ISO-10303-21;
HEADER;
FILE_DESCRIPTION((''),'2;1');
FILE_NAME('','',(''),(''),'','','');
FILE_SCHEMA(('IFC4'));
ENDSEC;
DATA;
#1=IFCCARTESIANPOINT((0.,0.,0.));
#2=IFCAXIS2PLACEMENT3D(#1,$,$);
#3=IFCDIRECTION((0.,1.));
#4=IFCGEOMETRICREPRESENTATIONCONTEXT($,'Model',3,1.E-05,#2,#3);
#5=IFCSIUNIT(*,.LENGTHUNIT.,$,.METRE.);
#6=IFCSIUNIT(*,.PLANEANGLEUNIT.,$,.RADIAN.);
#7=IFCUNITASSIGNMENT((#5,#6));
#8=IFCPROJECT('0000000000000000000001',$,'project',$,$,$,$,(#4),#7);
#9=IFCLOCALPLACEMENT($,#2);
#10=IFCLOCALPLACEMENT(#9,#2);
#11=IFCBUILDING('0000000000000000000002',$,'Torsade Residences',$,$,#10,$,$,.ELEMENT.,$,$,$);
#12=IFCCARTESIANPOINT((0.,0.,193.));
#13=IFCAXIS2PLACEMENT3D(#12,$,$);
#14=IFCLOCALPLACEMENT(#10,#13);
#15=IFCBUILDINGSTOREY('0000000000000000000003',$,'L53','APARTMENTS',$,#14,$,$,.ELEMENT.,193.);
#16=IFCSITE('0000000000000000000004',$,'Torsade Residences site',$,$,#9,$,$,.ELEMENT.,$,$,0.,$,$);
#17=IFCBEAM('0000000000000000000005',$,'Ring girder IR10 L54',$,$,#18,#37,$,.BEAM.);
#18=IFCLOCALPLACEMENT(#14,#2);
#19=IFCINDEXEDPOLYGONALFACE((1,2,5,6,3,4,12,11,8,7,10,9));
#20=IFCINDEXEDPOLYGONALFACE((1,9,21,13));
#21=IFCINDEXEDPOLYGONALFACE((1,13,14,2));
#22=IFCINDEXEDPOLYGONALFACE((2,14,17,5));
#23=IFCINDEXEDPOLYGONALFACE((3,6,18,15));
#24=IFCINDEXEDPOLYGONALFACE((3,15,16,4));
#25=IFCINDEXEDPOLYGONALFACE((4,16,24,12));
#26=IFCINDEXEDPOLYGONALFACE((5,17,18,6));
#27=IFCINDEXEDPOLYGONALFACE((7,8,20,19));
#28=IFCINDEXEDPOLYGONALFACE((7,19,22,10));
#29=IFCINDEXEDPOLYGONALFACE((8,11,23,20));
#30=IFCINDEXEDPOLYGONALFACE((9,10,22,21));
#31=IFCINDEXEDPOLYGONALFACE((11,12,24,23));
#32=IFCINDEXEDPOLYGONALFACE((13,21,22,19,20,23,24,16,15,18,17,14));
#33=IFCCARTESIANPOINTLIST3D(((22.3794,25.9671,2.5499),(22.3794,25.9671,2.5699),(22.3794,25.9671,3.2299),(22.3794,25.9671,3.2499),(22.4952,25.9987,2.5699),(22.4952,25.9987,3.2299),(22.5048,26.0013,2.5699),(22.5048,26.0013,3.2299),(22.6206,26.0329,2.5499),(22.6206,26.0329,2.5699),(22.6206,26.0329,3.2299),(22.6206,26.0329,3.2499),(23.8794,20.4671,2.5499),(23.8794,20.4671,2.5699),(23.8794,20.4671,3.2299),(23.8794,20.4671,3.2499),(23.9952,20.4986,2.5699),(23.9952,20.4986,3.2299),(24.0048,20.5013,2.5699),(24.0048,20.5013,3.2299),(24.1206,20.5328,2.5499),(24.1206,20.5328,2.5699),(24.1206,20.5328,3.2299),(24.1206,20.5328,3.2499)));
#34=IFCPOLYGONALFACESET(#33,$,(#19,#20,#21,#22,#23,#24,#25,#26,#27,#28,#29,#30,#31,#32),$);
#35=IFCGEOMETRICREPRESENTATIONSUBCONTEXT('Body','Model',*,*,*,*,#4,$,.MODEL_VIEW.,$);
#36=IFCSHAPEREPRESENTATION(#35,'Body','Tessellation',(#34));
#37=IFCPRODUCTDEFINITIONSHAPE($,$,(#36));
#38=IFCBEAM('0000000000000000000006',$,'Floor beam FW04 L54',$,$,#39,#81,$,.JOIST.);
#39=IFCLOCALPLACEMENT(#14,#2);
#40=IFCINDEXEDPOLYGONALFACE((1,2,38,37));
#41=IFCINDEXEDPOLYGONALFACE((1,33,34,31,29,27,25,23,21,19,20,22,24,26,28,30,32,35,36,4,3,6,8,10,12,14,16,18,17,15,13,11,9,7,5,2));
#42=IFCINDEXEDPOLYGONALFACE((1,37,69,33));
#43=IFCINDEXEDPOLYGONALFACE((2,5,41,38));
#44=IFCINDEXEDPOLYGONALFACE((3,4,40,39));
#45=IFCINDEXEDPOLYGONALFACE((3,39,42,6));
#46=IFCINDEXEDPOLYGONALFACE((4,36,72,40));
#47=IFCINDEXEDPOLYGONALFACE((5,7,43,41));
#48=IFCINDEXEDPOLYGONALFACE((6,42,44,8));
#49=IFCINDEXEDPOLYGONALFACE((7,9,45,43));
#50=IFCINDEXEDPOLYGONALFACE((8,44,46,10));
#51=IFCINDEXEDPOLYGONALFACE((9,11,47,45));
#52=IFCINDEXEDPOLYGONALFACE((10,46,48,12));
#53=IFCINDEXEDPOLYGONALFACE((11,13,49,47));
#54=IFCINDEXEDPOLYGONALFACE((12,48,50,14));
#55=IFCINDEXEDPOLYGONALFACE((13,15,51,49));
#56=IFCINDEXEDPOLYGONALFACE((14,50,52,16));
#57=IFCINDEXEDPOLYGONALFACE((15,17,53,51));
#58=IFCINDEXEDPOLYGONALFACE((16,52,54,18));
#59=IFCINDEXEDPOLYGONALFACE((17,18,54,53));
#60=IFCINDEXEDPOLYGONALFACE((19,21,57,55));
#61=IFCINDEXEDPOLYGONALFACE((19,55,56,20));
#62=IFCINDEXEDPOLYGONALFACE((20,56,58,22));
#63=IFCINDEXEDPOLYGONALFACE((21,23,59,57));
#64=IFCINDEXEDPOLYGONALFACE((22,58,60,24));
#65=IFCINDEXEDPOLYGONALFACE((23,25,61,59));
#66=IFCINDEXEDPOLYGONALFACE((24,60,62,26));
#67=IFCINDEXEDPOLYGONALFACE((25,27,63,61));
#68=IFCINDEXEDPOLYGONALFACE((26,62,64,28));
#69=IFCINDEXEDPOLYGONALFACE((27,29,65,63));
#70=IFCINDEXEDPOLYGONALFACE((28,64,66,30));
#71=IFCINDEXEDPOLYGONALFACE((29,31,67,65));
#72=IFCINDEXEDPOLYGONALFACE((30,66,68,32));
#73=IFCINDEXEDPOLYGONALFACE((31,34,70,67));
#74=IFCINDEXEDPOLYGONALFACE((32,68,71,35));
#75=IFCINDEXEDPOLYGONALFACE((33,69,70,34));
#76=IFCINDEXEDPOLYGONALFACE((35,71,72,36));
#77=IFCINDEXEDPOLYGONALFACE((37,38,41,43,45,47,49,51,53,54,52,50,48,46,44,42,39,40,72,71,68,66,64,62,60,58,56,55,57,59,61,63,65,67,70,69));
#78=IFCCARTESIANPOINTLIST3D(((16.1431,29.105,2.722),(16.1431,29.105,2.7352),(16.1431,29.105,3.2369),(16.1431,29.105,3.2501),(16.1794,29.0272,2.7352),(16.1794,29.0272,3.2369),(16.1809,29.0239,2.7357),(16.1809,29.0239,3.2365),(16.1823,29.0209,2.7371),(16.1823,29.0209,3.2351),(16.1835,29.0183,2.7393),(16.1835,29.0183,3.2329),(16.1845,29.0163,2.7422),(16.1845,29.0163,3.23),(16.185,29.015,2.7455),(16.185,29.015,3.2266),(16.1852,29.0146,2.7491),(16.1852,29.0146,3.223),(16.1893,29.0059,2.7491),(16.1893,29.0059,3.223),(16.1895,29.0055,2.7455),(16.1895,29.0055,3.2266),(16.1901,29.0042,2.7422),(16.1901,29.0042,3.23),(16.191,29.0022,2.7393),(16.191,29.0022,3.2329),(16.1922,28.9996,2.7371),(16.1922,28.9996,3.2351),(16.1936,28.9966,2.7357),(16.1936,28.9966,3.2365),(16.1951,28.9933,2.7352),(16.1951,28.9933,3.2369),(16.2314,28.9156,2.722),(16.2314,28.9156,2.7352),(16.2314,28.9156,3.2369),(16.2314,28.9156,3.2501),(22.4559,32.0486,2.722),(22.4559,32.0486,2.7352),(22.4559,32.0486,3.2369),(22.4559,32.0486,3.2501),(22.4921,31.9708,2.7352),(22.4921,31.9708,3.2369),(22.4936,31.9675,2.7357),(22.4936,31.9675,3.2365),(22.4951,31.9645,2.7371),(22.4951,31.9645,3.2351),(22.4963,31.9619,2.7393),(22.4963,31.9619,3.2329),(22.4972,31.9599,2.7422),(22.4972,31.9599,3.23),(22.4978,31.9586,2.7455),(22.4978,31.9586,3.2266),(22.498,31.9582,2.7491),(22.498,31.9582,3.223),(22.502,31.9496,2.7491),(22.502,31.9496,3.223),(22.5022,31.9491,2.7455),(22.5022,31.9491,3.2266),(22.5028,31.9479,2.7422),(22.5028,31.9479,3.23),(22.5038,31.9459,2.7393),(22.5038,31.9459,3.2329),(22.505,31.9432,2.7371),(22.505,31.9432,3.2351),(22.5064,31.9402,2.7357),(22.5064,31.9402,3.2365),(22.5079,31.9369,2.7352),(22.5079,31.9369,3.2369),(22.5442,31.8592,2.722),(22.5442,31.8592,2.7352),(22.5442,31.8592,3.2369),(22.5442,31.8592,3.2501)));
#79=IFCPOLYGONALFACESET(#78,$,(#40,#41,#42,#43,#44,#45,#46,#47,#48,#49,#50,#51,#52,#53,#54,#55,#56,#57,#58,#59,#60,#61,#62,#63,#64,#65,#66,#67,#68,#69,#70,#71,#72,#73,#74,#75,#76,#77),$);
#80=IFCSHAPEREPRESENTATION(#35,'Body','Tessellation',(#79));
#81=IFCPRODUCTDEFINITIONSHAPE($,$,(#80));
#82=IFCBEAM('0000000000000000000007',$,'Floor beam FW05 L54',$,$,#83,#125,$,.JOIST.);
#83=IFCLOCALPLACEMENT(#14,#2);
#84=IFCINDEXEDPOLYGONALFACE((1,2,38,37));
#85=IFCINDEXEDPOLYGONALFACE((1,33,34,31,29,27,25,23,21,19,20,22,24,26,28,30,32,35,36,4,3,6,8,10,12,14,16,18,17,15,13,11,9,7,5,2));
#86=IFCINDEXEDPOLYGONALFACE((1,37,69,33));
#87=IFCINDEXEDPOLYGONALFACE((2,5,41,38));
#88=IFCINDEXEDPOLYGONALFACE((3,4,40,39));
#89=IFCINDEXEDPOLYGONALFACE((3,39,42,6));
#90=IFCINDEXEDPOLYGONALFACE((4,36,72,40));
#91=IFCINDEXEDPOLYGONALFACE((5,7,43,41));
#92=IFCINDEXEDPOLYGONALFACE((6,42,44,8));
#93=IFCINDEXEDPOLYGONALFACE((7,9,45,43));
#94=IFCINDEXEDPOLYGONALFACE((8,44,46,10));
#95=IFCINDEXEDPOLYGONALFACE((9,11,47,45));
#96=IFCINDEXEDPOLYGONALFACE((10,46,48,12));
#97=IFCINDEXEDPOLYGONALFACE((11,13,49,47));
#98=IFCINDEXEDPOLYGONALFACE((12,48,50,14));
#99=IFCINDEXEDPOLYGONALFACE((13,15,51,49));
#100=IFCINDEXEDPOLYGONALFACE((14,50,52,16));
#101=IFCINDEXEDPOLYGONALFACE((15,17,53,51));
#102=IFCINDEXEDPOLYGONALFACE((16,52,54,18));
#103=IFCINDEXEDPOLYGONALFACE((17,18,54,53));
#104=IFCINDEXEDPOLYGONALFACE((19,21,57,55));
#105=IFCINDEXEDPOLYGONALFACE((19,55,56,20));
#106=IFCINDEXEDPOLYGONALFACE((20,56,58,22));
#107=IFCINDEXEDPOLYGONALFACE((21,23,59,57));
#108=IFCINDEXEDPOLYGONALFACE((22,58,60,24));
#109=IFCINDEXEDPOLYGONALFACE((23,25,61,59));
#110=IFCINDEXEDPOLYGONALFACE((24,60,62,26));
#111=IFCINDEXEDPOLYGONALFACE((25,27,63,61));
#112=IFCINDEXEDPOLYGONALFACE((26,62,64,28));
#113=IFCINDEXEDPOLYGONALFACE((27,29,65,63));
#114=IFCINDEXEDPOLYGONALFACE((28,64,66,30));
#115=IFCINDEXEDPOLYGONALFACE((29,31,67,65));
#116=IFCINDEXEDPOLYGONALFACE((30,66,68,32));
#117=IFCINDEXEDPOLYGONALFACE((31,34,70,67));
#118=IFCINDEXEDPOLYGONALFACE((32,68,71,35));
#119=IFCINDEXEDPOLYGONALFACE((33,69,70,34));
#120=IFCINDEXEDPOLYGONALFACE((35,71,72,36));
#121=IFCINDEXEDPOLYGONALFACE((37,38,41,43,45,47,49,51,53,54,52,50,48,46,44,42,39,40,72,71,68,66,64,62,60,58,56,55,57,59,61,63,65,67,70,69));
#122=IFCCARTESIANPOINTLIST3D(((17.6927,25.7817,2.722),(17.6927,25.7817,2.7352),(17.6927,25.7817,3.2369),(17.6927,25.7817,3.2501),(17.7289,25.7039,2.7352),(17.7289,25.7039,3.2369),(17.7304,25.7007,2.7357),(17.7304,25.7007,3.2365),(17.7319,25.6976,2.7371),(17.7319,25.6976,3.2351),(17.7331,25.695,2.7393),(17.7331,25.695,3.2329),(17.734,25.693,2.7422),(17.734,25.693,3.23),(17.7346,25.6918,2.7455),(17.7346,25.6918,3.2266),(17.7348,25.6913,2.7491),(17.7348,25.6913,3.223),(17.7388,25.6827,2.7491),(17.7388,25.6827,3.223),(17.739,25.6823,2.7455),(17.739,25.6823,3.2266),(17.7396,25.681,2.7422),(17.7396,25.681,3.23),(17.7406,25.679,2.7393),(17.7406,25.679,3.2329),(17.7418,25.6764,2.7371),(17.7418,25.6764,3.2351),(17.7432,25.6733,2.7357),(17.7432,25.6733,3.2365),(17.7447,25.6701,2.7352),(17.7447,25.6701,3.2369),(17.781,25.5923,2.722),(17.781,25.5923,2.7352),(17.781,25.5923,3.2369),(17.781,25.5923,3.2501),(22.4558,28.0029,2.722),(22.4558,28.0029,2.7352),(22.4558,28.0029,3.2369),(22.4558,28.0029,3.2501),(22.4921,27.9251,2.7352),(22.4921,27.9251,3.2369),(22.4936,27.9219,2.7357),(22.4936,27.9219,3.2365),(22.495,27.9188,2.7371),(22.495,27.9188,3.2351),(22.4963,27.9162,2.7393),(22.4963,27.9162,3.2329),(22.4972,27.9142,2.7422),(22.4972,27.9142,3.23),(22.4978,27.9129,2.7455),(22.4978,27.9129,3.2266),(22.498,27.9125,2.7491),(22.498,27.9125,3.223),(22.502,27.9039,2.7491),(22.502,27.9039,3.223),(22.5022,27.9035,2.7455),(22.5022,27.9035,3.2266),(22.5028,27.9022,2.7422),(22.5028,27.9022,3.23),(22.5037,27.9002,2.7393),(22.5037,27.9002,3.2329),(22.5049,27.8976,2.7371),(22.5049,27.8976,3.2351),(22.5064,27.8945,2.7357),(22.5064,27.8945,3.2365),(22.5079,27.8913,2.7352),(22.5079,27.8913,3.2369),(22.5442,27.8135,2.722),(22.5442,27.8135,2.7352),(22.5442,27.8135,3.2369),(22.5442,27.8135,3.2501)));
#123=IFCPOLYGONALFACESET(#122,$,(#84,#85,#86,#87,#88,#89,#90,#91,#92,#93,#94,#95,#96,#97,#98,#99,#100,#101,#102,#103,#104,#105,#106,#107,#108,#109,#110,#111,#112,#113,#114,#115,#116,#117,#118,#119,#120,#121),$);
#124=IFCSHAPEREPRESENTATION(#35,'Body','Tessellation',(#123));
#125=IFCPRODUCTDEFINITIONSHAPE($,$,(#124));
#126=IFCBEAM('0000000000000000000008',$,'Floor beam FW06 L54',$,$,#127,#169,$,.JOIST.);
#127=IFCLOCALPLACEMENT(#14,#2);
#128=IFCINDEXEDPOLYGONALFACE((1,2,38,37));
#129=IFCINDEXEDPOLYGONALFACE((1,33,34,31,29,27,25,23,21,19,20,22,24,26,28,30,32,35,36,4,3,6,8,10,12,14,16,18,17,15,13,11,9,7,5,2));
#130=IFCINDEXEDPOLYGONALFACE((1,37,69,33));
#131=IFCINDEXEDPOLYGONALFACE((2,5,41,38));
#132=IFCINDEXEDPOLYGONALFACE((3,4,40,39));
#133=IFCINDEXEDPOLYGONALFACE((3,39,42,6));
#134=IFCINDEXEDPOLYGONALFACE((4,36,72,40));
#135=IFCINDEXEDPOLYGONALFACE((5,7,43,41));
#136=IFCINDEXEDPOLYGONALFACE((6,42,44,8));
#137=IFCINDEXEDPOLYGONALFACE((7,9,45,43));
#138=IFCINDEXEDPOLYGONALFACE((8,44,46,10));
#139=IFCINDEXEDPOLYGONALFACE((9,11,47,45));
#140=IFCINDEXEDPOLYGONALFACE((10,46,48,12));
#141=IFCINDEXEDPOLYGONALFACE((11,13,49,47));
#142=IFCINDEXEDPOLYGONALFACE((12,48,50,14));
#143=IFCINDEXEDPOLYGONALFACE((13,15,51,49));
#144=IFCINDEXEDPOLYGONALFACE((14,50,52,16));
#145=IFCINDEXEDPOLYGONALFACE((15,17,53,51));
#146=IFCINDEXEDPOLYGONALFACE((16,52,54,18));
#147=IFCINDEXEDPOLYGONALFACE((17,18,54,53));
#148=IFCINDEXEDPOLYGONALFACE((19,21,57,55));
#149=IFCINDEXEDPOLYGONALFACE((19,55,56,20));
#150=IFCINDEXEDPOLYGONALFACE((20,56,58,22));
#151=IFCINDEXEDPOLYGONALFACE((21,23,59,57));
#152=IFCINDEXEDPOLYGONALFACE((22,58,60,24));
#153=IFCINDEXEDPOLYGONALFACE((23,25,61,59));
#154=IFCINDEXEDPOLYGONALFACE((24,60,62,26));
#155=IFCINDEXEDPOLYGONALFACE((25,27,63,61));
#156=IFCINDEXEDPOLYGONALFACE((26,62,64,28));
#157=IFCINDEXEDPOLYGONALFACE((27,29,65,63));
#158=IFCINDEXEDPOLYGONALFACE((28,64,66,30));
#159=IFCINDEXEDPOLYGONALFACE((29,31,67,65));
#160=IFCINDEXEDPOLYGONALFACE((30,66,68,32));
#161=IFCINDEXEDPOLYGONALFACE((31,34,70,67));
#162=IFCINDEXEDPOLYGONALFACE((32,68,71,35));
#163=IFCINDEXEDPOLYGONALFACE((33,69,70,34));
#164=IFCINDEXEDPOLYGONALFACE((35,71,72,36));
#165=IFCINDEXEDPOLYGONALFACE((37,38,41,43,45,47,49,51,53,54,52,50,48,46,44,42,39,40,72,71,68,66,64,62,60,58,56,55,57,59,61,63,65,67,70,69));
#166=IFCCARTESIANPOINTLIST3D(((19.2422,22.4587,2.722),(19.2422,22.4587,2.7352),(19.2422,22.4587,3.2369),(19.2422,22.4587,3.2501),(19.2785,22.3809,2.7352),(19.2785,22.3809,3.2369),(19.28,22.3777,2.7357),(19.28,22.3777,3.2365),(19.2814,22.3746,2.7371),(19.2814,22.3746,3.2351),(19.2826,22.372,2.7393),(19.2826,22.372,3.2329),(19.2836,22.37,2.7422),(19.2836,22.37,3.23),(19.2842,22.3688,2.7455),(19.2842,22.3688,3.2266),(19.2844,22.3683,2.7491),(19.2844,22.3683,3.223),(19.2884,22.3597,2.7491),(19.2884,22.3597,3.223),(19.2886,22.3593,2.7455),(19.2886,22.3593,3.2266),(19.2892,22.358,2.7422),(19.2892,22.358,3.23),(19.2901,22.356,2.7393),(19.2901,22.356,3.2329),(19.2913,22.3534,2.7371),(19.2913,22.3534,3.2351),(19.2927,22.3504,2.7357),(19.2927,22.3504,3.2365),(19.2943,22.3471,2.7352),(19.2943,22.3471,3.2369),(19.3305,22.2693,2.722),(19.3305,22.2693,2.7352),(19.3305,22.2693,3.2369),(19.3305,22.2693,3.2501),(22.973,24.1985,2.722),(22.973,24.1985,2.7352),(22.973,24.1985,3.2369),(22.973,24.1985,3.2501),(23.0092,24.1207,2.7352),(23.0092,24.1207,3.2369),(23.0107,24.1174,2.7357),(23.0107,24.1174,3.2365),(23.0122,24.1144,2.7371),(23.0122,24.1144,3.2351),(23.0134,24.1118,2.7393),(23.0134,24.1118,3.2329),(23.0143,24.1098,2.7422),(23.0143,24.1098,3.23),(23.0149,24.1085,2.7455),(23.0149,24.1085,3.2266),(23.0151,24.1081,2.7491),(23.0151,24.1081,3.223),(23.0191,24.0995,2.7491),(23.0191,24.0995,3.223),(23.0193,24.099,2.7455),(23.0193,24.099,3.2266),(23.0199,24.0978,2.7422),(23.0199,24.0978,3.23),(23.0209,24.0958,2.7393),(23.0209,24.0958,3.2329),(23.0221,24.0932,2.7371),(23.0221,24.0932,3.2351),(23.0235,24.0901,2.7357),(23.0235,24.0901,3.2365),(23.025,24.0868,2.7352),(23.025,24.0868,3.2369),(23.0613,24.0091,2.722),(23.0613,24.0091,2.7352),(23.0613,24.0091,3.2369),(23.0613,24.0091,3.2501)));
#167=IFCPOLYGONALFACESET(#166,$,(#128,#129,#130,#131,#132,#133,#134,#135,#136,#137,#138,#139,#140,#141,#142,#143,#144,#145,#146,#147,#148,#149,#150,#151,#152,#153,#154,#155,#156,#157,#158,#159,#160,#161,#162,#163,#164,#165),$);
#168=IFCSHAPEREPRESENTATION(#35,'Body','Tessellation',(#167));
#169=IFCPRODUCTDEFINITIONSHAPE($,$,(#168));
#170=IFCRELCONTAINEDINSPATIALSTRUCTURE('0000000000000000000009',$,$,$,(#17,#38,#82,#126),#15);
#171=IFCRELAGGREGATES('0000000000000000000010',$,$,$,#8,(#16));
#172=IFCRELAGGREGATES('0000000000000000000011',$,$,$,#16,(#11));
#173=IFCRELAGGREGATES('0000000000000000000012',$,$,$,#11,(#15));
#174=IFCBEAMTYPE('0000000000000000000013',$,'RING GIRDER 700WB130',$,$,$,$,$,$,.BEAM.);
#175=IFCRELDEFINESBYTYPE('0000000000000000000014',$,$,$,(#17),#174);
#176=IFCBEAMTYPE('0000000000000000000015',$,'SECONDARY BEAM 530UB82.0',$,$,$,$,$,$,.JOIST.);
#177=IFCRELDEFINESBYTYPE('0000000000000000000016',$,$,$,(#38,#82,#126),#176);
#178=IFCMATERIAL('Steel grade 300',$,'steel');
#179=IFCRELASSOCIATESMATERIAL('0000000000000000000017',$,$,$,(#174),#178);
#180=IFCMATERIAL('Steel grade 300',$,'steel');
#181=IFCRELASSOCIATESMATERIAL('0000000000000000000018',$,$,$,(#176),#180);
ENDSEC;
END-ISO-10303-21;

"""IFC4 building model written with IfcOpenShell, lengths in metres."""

from ifc_helpers import new_model, si_unit, direction, frame, origin, origin_2d, place, context, subcontext, project, spatial, i_section, extrude, material, material_profile, profile_set, type_object, element, save


model = new_model("IFC4")

# Units and contexts
model_context = context("Model", 3, precision=1e-05, world=origin(), true_north=direction((0.0, 1.0)))
body_context = subcontext(model_context, "Body", "Model", "MODEL_VIEW")
ifc_project = project(units=[si_unit("LENGTHUNIT", "METRE"), si_unit("PLANEANGLEUNIT", "RADIAN")], contexts=[model_context])

# Site, building, storey
site_placement = place(None, origin())
site = spatial("IfcSite", under=ifc_project, at=site_placement, Name="Torsade Residences site", CompositionType="ELEMENT", RefElevation=0.0)
building_placement = place(site_placement, origin())
building = spatial("IfcBuilding", under=site, at=building_placement, Name="Torsade Residences", CompositionType="ELEMENT")
storey_placement = place(building_placement, frame((0.0, 0.0, 193.0)))
storey = spatial("IfcBuildingStorey", under=building, at=storey_placement, Name="L53", Description="APARTMENTS", CompositionType="ELEMENT", Elevation=193.0)

# Beams
ifc_material_1 = material(Name="Steel grade 300", Category="steel")
ifc_material_profile_1 = material_profile(ifc_material_1, i_section(OverallWidth=0.25, OverallDepth=0.7, WebThickness=0.01, FlangeThickness=0.02, at=origin_2d()), Name="700WB130")
ifc_profile_set_1 = profile_set([ifc_material_profile_1], Name="Steel grade 300")
beam_type_1 = type_object("IfcBeamType", Name="RING GIRDER 700WB130", PredefinedType="BEAM", material=ifc_profile_set_1)
beam_1_placement = place(storey_placement, frame((22.5, 26.0, 2.8999), z_axis=(0.263117, -0.964764, 0.0), x_axis=(0.964764, 0.263117, 0.0)))
element("IfcBeam", 1, at=beam_1_placement, inside=storey, type_object=beam_type_1, Name="Ring girder IR10 L54", PredefinedType="BEAM", context=body_context, shape_type="SweptSolid", body=[
    extrude(i_section(OverallWidth=0.25, OverallDepth=0.7, WebThickness=0.01, FlangeThickness=0.02, at=origin_2d()), origin(), (0.0, 0.0, 1.0), 5.7009),
])
ifc_material_2 = material(Name="Steel grade 300", Category="steel")
ifc_material_profile_2 = material_profile(ifc_material_2, i_section(OverallWidth=0.209, OverallDepth=0.5281, WebThickness=0.0095, FlangeThickness=0.0132, FilletRadius=0.0139, at=origin_2d()), Name="530UB82.0")
ifc_profile_set_2 = profile_set([ifc_material_profile_2], Name="Steel grade 300")
beam_type_2 = type_object("IfcBeamType", Name="SECONDARY BEAM 530UB82.0", PredefinedType="JOIST", material=ifc_profile_set_2)
beam_2_placement = place(storey_placement, frame((16.1873, 29.0103, 2.9861), z_axis=(0.906312, 0.422609, 0.0), x_axis=(-0.422609, 0.906312, 0.0)))
element("IfcBeam", 2, at=beam_2_placement, inside=storey, type_object=beam_type_2, Name="Floor beam FW04 L54", PredefinedType="JOIST", context=body_context, shape_type="SweptSolid", body=[
    extrude(i_section(OverallWidth=0.209, OverallDepth=0.5281, WebThickness=0.0095, FlangeThickness=0.0132, FilletRadius=0.0139, at=origin_2d()), origin(), (0.0, 0.0, 1.0), 6.9653),
])
beam_3_placement = place(storey_placement, frame((17.7368, 25.687, 2.9861), z_axis=(0.906302, 0.422631, 0.0), x_axis=(-0.422631, 0.906302, 0.0)))
element("IfcBeam", 3, at=beam_3_placement, inside=storey, type_object=beam_type_2, Name="Floor beam FW05 L54", PredefinedType="JOIST", context=body_context, shape_type="SweptSolid", body=[
    extrude(i_section(OverallWidth=0.209, OverallDepth=0.5281, WebThickness=0.0095, FlangeThickness=0.0132, FilletRadius=0.0139, at=origin_2d()), origin(), (0.0, 0.0, 1.0), 5.2556),
])
beam_4_placement = place(storey_placement, frame((19.2864, 22.364, 2.9861), z_axis=(0.9063, 0.422635, 0.0), x_axis=(-0.422635, 0.9063, 0.0)))
element("IfcBeam", 4, at=beam_4_placement, inside=storey, type_object=beam_type_2, Name="Floor beam FW06 L54", PredefinedType="JOIST", context=body_context, shape_type="SweptSolid", body=[
    extrude(i_section(OverallWidth=0.209, OverallDepth=0.5281, WebThickness=0.0095, FlangeThickness=0.0132, FilletRadius=0.0139, at=origin_2d()), origin(), (0.0, 0.0, 1.0), 4.1165),
])

save(model, "model.ifc")
